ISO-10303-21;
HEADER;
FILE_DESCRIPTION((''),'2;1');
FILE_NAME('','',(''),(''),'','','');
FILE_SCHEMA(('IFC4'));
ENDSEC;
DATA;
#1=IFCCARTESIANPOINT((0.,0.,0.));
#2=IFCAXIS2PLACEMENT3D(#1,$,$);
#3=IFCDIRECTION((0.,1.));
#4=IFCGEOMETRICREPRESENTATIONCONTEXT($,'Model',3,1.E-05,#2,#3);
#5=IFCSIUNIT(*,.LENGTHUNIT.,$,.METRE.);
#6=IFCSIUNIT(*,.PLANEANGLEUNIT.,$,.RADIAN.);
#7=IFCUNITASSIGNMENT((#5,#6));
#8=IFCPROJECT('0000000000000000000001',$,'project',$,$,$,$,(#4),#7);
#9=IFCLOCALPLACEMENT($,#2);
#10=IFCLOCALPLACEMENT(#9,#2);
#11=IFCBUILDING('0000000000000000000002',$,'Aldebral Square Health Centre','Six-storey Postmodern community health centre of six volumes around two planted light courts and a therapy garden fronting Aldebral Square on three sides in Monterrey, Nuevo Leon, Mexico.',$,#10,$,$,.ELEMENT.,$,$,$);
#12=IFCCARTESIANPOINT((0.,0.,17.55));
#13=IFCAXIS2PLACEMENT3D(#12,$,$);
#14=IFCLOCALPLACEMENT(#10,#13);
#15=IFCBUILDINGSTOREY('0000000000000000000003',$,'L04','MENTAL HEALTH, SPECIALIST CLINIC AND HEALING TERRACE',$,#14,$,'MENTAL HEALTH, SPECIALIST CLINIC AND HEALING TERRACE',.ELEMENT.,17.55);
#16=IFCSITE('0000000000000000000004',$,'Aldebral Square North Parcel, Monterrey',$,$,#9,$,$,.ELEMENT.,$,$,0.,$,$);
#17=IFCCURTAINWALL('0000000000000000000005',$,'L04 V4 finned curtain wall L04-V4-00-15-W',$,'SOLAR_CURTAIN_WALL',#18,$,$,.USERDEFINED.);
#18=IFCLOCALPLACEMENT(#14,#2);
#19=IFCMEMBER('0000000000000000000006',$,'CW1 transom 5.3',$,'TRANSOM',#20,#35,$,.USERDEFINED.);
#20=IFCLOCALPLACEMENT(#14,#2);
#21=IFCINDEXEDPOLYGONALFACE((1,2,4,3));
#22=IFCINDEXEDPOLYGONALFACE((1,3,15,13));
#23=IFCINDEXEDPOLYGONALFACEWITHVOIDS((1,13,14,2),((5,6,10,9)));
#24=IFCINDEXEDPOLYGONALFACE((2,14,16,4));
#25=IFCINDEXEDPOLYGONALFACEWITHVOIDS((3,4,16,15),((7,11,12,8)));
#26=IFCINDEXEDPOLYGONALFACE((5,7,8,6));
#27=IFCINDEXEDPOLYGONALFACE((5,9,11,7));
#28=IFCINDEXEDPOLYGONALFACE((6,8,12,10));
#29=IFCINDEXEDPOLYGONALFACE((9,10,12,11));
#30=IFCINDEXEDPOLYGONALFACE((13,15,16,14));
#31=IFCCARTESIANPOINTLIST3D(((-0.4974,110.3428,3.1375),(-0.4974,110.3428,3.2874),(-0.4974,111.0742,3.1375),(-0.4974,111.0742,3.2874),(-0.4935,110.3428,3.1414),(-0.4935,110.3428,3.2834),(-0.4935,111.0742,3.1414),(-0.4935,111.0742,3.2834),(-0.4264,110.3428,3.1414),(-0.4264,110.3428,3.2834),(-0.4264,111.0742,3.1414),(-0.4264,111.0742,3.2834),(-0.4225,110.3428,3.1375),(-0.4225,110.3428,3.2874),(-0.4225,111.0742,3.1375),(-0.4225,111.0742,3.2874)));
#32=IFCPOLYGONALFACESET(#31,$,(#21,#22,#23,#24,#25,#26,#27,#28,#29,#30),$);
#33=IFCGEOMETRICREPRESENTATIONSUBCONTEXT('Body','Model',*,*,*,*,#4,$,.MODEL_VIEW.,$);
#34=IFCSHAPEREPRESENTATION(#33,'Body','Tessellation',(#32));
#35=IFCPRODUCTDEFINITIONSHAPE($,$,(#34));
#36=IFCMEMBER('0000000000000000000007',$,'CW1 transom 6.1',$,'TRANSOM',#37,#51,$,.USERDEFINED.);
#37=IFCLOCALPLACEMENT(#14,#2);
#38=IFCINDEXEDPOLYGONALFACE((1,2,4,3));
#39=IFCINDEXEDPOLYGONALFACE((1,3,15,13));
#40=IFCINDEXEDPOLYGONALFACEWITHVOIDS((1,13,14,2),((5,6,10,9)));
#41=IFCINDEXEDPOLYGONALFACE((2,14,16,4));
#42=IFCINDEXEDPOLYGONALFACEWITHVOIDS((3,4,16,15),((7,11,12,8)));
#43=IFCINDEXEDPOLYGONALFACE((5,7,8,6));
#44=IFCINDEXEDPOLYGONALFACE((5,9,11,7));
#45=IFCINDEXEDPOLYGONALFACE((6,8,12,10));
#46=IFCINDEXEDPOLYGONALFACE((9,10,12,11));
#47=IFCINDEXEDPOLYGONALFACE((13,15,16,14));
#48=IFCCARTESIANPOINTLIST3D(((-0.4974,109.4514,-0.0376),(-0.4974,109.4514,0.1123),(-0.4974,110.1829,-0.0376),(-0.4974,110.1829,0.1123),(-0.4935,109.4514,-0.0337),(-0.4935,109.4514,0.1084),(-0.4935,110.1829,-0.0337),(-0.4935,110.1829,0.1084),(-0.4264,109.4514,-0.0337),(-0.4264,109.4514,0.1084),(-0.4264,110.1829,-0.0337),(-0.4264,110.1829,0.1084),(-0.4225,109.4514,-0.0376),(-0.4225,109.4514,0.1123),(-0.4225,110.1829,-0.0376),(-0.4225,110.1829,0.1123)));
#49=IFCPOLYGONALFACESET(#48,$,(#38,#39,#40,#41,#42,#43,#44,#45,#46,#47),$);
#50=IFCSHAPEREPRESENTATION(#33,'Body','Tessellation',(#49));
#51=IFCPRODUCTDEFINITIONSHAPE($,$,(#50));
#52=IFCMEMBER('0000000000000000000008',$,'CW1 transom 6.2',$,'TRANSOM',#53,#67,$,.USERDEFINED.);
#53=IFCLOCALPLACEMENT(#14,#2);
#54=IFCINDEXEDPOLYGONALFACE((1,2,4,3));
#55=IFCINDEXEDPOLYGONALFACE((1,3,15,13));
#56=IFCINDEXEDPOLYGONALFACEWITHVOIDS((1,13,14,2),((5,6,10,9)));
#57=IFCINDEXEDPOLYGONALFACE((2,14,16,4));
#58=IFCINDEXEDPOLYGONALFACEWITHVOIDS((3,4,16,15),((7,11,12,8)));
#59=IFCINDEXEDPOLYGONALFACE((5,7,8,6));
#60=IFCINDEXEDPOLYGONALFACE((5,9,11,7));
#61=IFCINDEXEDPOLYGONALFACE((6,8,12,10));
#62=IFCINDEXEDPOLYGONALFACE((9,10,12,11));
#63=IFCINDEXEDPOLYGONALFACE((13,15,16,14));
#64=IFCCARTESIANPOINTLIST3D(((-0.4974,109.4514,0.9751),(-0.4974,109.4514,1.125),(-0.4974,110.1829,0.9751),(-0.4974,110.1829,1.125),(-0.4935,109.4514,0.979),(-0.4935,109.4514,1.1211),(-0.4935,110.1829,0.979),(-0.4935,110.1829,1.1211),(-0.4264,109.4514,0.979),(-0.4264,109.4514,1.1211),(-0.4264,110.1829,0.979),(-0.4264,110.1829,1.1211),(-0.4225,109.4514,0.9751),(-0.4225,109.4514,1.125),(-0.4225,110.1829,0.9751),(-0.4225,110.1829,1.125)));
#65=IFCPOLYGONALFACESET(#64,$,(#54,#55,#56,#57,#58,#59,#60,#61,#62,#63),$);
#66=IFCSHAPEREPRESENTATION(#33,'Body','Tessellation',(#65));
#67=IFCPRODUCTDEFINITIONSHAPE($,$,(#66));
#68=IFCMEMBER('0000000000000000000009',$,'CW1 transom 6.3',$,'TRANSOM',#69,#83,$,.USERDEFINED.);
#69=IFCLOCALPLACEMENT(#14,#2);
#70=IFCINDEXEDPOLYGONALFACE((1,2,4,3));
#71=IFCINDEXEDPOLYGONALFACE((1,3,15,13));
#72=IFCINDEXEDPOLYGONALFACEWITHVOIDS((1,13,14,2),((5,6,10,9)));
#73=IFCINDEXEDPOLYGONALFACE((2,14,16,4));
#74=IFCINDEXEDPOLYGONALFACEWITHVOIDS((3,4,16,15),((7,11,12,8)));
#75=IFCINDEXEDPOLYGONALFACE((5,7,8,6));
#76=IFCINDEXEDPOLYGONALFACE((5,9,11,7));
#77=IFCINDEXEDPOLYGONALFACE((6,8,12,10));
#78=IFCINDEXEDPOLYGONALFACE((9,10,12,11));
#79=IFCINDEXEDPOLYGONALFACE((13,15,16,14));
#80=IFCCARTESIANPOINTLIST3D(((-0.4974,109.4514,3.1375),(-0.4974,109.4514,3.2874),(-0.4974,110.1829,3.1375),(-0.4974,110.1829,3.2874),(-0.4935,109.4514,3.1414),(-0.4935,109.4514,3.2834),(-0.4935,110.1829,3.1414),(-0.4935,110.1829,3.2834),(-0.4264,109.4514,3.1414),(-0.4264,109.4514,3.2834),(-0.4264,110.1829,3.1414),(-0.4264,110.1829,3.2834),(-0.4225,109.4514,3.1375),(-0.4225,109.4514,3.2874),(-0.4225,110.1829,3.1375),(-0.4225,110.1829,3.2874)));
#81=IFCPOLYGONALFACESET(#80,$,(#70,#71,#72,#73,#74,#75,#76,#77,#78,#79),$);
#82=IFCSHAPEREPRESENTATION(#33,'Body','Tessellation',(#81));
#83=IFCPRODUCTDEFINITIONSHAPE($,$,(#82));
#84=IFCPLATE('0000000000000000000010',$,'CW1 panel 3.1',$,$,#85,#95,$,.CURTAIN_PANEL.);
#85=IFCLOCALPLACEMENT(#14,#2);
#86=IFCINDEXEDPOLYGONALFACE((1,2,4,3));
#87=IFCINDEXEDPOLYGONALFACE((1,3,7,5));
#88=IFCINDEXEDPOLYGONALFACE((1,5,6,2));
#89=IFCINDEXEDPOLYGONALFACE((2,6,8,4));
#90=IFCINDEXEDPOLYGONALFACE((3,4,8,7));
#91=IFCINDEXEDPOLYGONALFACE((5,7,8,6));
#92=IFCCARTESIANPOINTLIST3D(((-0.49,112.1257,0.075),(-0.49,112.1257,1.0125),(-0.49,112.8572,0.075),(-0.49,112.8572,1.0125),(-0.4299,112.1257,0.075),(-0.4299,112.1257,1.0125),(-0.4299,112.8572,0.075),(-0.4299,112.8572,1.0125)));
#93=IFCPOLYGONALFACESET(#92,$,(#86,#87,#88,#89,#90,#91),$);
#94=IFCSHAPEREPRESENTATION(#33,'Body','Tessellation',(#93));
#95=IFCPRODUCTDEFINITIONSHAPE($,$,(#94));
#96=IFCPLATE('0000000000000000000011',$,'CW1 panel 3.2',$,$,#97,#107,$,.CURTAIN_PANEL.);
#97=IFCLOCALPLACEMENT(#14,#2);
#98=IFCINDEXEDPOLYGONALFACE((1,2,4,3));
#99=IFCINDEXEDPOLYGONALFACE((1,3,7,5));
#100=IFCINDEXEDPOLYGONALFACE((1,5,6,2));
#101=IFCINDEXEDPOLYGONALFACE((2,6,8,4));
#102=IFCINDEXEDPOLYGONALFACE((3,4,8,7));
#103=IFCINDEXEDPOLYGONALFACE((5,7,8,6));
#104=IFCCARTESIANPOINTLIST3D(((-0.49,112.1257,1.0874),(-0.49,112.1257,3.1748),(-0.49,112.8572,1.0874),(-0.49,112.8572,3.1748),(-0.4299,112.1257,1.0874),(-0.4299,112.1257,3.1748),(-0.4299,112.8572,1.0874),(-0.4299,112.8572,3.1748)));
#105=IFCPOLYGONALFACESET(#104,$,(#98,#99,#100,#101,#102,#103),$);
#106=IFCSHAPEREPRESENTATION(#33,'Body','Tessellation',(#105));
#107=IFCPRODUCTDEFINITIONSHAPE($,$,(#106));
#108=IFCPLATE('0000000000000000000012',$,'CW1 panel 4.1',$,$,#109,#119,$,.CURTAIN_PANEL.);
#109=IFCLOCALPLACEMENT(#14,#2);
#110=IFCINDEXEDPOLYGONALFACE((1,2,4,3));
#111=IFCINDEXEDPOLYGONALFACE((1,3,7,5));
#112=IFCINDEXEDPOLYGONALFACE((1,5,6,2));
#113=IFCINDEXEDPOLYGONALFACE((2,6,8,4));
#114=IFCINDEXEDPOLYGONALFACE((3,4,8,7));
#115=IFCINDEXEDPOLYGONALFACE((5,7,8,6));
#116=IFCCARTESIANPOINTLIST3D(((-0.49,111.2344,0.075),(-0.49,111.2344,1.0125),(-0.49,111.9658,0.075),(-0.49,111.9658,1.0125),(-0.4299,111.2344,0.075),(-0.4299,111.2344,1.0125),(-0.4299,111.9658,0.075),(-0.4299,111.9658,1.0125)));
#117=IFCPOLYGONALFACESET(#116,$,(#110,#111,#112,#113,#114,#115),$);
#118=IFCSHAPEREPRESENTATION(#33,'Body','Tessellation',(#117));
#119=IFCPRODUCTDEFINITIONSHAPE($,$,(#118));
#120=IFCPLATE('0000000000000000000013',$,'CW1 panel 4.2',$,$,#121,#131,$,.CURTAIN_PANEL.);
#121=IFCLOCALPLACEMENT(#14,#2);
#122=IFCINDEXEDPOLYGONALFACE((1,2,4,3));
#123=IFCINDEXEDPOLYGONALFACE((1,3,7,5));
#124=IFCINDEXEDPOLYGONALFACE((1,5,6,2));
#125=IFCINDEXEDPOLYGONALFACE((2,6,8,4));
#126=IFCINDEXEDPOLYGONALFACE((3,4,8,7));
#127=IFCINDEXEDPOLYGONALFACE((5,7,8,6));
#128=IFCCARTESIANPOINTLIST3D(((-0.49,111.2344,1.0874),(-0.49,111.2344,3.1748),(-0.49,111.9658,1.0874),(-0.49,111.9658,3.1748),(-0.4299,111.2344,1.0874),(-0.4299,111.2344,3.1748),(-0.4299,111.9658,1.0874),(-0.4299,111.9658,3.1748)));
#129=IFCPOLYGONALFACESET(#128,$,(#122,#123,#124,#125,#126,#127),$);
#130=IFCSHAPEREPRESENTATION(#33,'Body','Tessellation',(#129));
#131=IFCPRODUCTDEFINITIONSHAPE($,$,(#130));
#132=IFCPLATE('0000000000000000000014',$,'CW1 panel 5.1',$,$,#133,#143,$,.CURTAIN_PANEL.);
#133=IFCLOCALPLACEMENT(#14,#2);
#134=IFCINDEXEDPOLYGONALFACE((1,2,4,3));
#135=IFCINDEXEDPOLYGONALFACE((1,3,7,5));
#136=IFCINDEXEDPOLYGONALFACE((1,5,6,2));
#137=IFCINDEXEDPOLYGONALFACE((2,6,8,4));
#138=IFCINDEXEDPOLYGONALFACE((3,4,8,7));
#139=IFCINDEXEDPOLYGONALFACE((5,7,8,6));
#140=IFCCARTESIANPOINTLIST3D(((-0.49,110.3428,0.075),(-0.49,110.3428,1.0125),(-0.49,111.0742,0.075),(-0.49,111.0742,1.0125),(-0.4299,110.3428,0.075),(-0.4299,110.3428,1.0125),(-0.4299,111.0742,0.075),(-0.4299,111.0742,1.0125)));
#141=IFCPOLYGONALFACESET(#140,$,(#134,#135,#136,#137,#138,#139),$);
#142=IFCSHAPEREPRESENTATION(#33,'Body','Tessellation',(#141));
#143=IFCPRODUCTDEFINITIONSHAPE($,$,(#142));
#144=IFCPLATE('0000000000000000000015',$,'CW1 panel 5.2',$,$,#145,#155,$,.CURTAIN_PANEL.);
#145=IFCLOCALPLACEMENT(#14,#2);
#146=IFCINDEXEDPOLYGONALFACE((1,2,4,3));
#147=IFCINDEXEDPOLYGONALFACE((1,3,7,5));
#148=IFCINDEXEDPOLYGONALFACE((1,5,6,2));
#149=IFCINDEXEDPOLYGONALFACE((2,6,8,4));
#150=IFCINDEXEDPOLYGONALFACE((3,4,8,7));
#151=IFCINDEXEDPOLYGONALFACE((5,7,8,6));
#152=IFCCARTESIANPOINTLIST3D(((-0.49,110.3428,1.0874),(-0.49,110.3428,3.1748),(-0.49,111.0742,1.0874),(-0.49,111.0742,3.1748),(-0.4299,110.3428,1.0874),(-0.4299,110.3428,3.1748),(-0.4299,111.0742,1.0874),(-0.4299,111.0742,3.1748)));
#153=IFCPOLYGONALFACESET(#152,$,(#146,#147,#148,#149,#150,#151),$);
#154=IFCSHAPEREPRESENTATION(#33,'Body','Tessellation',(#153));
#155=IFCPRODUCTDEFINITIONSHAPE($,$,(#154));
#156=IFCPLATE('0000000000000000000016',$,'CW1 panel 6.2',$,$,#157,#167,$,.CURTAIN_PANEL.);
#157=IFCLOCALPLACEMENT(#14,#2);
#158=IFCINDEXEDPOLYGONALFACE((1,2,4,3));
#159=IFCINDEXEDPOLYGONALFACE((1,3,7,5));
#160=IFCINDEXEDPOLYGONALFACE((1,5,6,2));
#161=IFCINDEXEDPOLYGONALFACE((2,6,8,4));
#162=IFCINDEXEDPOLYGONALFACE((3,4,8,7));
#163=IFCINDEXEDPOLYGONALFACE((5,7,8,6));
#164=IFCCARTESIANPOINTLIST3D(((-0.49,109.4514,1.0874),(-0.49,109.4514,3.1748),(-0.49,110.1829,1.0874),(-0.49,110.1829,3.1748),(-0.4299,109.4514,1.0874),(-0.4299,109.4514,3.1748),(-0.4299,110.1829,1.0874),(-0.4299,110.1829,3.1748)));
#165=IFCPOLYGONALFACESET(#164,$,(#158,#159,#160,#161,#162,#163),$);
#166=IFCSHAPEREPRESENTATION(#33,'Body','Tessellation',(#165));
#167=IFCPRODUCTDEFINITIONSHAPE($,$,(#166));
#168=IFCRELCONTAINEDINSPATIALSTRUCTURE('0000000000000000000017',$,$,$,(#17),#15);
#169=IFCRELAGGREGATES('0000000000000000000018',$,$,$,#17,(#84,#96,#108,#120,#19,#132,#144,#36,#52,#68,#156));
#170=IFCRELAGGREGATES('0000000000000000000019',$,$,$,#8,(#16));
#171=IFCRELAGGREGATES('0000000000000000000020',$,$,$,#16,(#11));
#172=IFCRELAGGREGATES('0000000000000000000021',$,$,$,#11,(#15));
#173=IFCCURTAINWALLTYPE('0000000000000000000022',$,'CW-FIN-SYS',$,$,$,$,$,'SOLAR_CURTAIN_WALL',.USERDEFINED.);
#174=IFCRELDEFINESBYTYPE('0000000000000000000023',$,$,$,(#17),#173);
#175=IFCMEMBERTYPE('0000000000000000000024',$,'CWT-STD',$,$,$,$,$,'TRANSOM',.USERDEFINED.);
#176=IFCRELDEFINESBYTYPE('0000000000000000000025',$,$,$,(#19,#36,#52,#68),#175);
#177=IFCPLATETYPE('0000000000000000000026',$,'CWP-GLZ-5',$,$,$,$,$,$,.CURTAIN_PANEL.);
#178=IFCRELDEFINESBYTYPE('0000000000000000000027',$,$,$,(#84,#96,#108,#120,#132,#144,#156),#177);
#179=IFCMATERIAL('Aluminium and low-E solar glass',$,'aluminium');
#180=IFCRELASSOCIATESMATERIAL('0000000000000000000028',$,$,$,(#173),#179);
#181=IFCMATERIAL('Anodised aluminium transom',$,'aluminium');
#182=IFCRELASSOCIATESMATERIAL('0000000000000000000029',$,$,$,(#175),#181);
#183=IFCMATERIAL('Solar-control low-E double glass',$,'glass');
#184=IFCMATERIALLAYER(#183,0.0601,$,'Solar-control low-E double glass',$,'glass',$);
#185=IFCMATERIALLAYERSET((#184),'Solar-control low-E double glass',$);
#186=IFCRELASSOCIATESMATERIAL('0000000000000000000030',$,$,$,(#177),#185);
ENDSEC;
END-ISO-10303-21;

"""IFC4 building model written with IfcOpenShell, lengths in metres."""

from ifc_helpers import new_model, si_unit, direction, frame, origin, origin_2d, place, context, subcontext, project, spatial, rectangle, hollow_rectangle, extrude, material, layer, layer_set, material_profile, profile_set, type_object, element, aggregate, save


model = new_model("IFC4")

# Units and contexts
model_context = context("Model", 3, precision=1e-05, world=origin(), true_north=direction((0.0, 1.0)))
body_context = subcontext(model_context, "Body", "Model", "MODEL_VIEW")
ifc_project = project(units=[si_unit("LENGTHUNIT", "METRE"), si_unit("PLANEANGLEUNIT", "RADIAN")], contexts=[model_context])

# Site, building, storey
site_placement = place(None, origin())
site = spatial("IfcSite", under=ifc_project, at=site_placement, Name="Aldebral Square North Parcel, Monterrey", CompositionType="ELEMENT", RefElevation=0.0)
building_placement = place(site_placement, origin())
building = spatial("IfcBuilding", under=site, at=building_placement, Name="Aldebral Square Health Centre", Description="Six-storey Postmodern community health centre of six volumes around two planted light courts and a therapy garden fronting Aldebral Square on three sides in Monterrey, Nuevo Leon, Mexico.", CompositionType="ELEMENT")
storey_placement = place(building_placement, frame((0.0, 0.0, 17.55)))
storey = spatial("IfcBuildingStorey", under=building, at=storey_placement, Name="L04", Description="MENTAL HEALTH, SPECIALIST CLINIC AND HEALING TERRACE", LongName="MENTAL HEALTH, SPECIALIST CLINIC AND HEALING TERRACE", CompositionType="ELEMENT", Elevation=17.55)

# Curtain wall, members, plates
ifc_material_1 = material(Name="Aluminium and low-E solar glass", Category="aluminium")
curtain_wall_type = type_object("IfcCurtainWallType", Name="CW-FIN-SYS", ElementType="SOLAR_CURTAIN_WALL", PredefinedType="USERDEFINED", material=ifc_material_1)
curtain_wall_placement = place(storey_placement, origin())
curtain_wall = element("IfcCurtainWall", 1, at=curtain_wall_placement, inside=storey, type_object=curtain_wall_type, Name="L04 V4 finned curtain wall L04-V4-00-15-W", ObjectType="SOLAR_CURTAIN_WALL", PredefinedType="USERDEFINED")
ifc_material_2 = material(Name="Anodised aluminium transom", Category="aluminium")
ifc_material_profile_1 = material_profile(ifc_material_2, hollow_rectangle(XDim=0.075, YDim=0.1499, WallThickness=0.0039, at=origin_2d()), Name="CWT 75x150x4")
ifc_profile_set_1 = profile_set([ifc_material_profile_1], Name="Anodised aluminium transom")
member_type_1 = type_object("IfcMemberType", Name="CWT-STD", ElementType="TRANSOM", PredefinedType="USERDEFINED", material=ifc_profile_set_1)
member_1_placement = place(storey_placement, frame((-0.46, 111.0742, 3.2124), z_axis=(0.0, -1.0, 0.0), x_axis=(1.0, 0.0, 0.0)))
member_1 = element("IfcMember", 2, at=member_1_placement, type_object=member_type_1, Name="CW1 transom 5.3", ObjectType="TRANSOM", PredefinedType="USERDEFINED", context=body_context, shape_type="SweptSolid", body=[
    extrude(hollow_rectangle(XDim=0.075, YDim=0.1499, WallThickness=0.0039, at=origin_2d()), origin(), (0.0, 0.0, 1.0), 0.7314),
])
member_2_placement = place(storey_placement, frame((-0.46, 110.1829, 0.0374), z_axis=(0.0, -1.0, 0.0), x_axis=(1.0, 0.0, 0.0)))
member_2 = element("IfcMember", 3, at=member_2_placement, type_object=member_type_1, Name="CW1 transom 6.1", ObjectType="TRANSOM", PredefinedType="USERDEFINED", context=body_context, shape_type="SweptSolid", body=[
    extrude(hollow_rectangle(XDim=0.075, YDim=0.1499, WallThickness=0.0039, at=origin_2d()), origin(), (0.0, 0.0, 1.0), 0.7314),
])
member_3_placement = place(storey_placement, frame((-0.46, 110.1829, 1.05), z_axis=(0.0, -1.0, 0.0), x_axis=(1.0, 0.0, 0.0)))
member_3 = element("IfcMember", 4, at=member_3_placement, type_object=member_type_1, Name="CW1 transom 6.2", ObjectType="TRANSOM", PredefinedType="USERDEFINED", context=body_context, shape_type="SweptSolid", body=[
    extrude(hollow_rectangle(XDim=0.075, YDim=0.1499, WallThickness=0.0039, at=origin_2d()), origin(), (0.0, 0.0, 1.0), 0.7314),
])
member_4_placement = place(storey_placement, frame((-0.46, 110.1829, 3.2124), z_axis=(0.0, -1.0, 0.0), x_axis=(1.0, 0.0, 0.0)))
member_4 = element("IfcMember", 5, at=member_4_placement, type_object=member_type_1, Name="CW1 transom 6.3", ObjectType="TRANSOM", PredefinedType="USERDEFINED", context=body_context, shape_type="SweptSolid", body=[
    extrude(hollow_rectangle(XDim=0.075, YDim=0.1499, WallThickness=0.0039, at=origin_2d()), origin(), (0.0, 0.0, 1.0), 0.7314),
])
ifc_material_3 = material(Name="Solar-control low-E double glass", Category="glass")
ifc_layer = layer(ifc_material_3, 0.0601, Name="Solar-control low-E double glass", Category="glass")
ifc_layer_set = layer_set([ifc_layer], Name="Solar-control low-E double glass")
plate_type = type_object("IfcPlateType", Name="CWP-GLZ-5", PredefinedType="CURTAIN_PANEL", material=ifc_layer_set)
plate_1_placement = place(storey_placement, frame((-0.46, 112.4915, 0.075), z_axis=(0.0, 0.0, 1.0), x_axis=(0.0, -1.0, 0.0)))
plate_1 = element("IfcPlate", 6, at=plate_1_placement, type_object=plate_type, Name="CW1 panel 3.1", PredefinedType="CURTAIN_PANEL", context=body_context, shape_type="SweptSolid", body=[
    extrude(rectangle(XDim=0.7314, YDim=0.0601, at=origin_2d()), origin(), (0.0, 0.0, 1.0), 0.9375),
])
plate_2_placement = place(storey_placement, frame((-0.46, 112.4915, 1.0874), z_axis=(0.0, 0.0, 1.0), x_axis=(0.0, -1.0, 0.0)))
plate_2 = element("IfcPlate", 7, at=plate_2_placement, type_object=plate_type, Name="CW1 panel 3.2", PredefinedType="CURTAIN_PANEL", context=body_context, shape_type="SweptSolid", body=[
    extrude(rectangle(XDim=0.7314, YDim=0.0601, at=origin_2d()), origin(), (0.0, 0.0, 1.0), 2.0874),
])
plate_3_placement = place(storey_placement, frame((-0.46, 111.6001, 0.075), z_axis=(0.0, 0.0, 1.0), x_axis=(0.0, -1.0, 0.0)))
plate_3 = element("IfcPlate", 8, at=plate_3_placement, type_object=plate_type, Name="CW1 panel 4.1", PredefinedType="CURTAIN_PANEL", context=body_context, shape_type="SweptSolid", body=[
    extrude(rectangle(XDim=0.7314, YDim=0.0601, at=origin_2d()), origin(), (0.0, 0.0, 1.0), 0.9375),
])
plate_4_placement = place(storey_placement, frame((-0.46, 111.6001, 1.0874), z_axis=(0.0, 0.0, 1.0), x_axis=(0.0, -1.0, 0.0)))
plate_4 = element("IfcPlate", 9, at=plate_4_placement, type_object=plate_type, Name="CW1 panel 4.2", PredefinedType="CURTAIN_PANEL", context=body_context, shape_type="SweptSolid", body=[
    extrude(rectangle(XDim=0.7314, YDim=0.0601, at=origin_2d()), origin(), (0.0, 0.0, 1.0), 2.0874),
])
plate_5_placement = place(storey_placement, frame((-0.46, 110.7085, 0.075), z_axis=(0.0, 0.0, 1.0), x_axis=(0.0, -1.0, 0.0)))
plate_5 = element("IfcPlate", 10, at=plate_5_placement, type_object=plate_type, Name="CW1 panel 5.1", PredefinedType="CURTAIN_PANEL", context=body_context, shape_type="SweptSolid", body=[
    extrude(rectangle(XDim=0.7314, YDim=0.0601, at=origin_2d()), origin(), (0.0, 0.0, 1.0), 0.9375),
])
plate_6_placement = place(storey_placement, frame((-0.46, 110.7085, 1.0874), z_axis=(0.0, 0.0, 1.0), x_axis=(0.0, -1.0, 0.0)))
plate_6 = element("IfcPlate", 11, at=plate_6_placement, type_object=plate_type, Name="CW1 panel 5.2", PredefinedType="CURTAIN_PANEL", context=body_context, shape_type="SweptSolid", body=[
    extrude(rectangle(XDim=0.7314, YDim=0.0601, at=origin_2d()), origin(), (0.0, 0.0, 1.0), 2.0874),
])
plate_7_placement = place(storey_placement, frame((-0.46, 109.8171, 1.0874), z_axis=(0.0, 0.0, 1.0), x_axis=(0.0, -1.0, 0.0)))
plate_7 = element("IfcPlate", 12, at=plate_7_placement, type_object=plate_type, Name="CW1 panel 6.2", PredefinedType="CURTAIN_PANEL", context=body_context, shape_type="SweptSolid", body=[
    extrude(rectangle(XDim=0.7314, YDim=0.0601, at=origin_2d()), origin(), (0.0, 0.0, 1.0), 2.0874),
])
aggregate(curtain_wall, [plate_1, plate_2, plate_3, plate_4, member_1, plate_5, plate_6, member_2, member_3, member_4, plate_7])

save(model, "model.ifc")
